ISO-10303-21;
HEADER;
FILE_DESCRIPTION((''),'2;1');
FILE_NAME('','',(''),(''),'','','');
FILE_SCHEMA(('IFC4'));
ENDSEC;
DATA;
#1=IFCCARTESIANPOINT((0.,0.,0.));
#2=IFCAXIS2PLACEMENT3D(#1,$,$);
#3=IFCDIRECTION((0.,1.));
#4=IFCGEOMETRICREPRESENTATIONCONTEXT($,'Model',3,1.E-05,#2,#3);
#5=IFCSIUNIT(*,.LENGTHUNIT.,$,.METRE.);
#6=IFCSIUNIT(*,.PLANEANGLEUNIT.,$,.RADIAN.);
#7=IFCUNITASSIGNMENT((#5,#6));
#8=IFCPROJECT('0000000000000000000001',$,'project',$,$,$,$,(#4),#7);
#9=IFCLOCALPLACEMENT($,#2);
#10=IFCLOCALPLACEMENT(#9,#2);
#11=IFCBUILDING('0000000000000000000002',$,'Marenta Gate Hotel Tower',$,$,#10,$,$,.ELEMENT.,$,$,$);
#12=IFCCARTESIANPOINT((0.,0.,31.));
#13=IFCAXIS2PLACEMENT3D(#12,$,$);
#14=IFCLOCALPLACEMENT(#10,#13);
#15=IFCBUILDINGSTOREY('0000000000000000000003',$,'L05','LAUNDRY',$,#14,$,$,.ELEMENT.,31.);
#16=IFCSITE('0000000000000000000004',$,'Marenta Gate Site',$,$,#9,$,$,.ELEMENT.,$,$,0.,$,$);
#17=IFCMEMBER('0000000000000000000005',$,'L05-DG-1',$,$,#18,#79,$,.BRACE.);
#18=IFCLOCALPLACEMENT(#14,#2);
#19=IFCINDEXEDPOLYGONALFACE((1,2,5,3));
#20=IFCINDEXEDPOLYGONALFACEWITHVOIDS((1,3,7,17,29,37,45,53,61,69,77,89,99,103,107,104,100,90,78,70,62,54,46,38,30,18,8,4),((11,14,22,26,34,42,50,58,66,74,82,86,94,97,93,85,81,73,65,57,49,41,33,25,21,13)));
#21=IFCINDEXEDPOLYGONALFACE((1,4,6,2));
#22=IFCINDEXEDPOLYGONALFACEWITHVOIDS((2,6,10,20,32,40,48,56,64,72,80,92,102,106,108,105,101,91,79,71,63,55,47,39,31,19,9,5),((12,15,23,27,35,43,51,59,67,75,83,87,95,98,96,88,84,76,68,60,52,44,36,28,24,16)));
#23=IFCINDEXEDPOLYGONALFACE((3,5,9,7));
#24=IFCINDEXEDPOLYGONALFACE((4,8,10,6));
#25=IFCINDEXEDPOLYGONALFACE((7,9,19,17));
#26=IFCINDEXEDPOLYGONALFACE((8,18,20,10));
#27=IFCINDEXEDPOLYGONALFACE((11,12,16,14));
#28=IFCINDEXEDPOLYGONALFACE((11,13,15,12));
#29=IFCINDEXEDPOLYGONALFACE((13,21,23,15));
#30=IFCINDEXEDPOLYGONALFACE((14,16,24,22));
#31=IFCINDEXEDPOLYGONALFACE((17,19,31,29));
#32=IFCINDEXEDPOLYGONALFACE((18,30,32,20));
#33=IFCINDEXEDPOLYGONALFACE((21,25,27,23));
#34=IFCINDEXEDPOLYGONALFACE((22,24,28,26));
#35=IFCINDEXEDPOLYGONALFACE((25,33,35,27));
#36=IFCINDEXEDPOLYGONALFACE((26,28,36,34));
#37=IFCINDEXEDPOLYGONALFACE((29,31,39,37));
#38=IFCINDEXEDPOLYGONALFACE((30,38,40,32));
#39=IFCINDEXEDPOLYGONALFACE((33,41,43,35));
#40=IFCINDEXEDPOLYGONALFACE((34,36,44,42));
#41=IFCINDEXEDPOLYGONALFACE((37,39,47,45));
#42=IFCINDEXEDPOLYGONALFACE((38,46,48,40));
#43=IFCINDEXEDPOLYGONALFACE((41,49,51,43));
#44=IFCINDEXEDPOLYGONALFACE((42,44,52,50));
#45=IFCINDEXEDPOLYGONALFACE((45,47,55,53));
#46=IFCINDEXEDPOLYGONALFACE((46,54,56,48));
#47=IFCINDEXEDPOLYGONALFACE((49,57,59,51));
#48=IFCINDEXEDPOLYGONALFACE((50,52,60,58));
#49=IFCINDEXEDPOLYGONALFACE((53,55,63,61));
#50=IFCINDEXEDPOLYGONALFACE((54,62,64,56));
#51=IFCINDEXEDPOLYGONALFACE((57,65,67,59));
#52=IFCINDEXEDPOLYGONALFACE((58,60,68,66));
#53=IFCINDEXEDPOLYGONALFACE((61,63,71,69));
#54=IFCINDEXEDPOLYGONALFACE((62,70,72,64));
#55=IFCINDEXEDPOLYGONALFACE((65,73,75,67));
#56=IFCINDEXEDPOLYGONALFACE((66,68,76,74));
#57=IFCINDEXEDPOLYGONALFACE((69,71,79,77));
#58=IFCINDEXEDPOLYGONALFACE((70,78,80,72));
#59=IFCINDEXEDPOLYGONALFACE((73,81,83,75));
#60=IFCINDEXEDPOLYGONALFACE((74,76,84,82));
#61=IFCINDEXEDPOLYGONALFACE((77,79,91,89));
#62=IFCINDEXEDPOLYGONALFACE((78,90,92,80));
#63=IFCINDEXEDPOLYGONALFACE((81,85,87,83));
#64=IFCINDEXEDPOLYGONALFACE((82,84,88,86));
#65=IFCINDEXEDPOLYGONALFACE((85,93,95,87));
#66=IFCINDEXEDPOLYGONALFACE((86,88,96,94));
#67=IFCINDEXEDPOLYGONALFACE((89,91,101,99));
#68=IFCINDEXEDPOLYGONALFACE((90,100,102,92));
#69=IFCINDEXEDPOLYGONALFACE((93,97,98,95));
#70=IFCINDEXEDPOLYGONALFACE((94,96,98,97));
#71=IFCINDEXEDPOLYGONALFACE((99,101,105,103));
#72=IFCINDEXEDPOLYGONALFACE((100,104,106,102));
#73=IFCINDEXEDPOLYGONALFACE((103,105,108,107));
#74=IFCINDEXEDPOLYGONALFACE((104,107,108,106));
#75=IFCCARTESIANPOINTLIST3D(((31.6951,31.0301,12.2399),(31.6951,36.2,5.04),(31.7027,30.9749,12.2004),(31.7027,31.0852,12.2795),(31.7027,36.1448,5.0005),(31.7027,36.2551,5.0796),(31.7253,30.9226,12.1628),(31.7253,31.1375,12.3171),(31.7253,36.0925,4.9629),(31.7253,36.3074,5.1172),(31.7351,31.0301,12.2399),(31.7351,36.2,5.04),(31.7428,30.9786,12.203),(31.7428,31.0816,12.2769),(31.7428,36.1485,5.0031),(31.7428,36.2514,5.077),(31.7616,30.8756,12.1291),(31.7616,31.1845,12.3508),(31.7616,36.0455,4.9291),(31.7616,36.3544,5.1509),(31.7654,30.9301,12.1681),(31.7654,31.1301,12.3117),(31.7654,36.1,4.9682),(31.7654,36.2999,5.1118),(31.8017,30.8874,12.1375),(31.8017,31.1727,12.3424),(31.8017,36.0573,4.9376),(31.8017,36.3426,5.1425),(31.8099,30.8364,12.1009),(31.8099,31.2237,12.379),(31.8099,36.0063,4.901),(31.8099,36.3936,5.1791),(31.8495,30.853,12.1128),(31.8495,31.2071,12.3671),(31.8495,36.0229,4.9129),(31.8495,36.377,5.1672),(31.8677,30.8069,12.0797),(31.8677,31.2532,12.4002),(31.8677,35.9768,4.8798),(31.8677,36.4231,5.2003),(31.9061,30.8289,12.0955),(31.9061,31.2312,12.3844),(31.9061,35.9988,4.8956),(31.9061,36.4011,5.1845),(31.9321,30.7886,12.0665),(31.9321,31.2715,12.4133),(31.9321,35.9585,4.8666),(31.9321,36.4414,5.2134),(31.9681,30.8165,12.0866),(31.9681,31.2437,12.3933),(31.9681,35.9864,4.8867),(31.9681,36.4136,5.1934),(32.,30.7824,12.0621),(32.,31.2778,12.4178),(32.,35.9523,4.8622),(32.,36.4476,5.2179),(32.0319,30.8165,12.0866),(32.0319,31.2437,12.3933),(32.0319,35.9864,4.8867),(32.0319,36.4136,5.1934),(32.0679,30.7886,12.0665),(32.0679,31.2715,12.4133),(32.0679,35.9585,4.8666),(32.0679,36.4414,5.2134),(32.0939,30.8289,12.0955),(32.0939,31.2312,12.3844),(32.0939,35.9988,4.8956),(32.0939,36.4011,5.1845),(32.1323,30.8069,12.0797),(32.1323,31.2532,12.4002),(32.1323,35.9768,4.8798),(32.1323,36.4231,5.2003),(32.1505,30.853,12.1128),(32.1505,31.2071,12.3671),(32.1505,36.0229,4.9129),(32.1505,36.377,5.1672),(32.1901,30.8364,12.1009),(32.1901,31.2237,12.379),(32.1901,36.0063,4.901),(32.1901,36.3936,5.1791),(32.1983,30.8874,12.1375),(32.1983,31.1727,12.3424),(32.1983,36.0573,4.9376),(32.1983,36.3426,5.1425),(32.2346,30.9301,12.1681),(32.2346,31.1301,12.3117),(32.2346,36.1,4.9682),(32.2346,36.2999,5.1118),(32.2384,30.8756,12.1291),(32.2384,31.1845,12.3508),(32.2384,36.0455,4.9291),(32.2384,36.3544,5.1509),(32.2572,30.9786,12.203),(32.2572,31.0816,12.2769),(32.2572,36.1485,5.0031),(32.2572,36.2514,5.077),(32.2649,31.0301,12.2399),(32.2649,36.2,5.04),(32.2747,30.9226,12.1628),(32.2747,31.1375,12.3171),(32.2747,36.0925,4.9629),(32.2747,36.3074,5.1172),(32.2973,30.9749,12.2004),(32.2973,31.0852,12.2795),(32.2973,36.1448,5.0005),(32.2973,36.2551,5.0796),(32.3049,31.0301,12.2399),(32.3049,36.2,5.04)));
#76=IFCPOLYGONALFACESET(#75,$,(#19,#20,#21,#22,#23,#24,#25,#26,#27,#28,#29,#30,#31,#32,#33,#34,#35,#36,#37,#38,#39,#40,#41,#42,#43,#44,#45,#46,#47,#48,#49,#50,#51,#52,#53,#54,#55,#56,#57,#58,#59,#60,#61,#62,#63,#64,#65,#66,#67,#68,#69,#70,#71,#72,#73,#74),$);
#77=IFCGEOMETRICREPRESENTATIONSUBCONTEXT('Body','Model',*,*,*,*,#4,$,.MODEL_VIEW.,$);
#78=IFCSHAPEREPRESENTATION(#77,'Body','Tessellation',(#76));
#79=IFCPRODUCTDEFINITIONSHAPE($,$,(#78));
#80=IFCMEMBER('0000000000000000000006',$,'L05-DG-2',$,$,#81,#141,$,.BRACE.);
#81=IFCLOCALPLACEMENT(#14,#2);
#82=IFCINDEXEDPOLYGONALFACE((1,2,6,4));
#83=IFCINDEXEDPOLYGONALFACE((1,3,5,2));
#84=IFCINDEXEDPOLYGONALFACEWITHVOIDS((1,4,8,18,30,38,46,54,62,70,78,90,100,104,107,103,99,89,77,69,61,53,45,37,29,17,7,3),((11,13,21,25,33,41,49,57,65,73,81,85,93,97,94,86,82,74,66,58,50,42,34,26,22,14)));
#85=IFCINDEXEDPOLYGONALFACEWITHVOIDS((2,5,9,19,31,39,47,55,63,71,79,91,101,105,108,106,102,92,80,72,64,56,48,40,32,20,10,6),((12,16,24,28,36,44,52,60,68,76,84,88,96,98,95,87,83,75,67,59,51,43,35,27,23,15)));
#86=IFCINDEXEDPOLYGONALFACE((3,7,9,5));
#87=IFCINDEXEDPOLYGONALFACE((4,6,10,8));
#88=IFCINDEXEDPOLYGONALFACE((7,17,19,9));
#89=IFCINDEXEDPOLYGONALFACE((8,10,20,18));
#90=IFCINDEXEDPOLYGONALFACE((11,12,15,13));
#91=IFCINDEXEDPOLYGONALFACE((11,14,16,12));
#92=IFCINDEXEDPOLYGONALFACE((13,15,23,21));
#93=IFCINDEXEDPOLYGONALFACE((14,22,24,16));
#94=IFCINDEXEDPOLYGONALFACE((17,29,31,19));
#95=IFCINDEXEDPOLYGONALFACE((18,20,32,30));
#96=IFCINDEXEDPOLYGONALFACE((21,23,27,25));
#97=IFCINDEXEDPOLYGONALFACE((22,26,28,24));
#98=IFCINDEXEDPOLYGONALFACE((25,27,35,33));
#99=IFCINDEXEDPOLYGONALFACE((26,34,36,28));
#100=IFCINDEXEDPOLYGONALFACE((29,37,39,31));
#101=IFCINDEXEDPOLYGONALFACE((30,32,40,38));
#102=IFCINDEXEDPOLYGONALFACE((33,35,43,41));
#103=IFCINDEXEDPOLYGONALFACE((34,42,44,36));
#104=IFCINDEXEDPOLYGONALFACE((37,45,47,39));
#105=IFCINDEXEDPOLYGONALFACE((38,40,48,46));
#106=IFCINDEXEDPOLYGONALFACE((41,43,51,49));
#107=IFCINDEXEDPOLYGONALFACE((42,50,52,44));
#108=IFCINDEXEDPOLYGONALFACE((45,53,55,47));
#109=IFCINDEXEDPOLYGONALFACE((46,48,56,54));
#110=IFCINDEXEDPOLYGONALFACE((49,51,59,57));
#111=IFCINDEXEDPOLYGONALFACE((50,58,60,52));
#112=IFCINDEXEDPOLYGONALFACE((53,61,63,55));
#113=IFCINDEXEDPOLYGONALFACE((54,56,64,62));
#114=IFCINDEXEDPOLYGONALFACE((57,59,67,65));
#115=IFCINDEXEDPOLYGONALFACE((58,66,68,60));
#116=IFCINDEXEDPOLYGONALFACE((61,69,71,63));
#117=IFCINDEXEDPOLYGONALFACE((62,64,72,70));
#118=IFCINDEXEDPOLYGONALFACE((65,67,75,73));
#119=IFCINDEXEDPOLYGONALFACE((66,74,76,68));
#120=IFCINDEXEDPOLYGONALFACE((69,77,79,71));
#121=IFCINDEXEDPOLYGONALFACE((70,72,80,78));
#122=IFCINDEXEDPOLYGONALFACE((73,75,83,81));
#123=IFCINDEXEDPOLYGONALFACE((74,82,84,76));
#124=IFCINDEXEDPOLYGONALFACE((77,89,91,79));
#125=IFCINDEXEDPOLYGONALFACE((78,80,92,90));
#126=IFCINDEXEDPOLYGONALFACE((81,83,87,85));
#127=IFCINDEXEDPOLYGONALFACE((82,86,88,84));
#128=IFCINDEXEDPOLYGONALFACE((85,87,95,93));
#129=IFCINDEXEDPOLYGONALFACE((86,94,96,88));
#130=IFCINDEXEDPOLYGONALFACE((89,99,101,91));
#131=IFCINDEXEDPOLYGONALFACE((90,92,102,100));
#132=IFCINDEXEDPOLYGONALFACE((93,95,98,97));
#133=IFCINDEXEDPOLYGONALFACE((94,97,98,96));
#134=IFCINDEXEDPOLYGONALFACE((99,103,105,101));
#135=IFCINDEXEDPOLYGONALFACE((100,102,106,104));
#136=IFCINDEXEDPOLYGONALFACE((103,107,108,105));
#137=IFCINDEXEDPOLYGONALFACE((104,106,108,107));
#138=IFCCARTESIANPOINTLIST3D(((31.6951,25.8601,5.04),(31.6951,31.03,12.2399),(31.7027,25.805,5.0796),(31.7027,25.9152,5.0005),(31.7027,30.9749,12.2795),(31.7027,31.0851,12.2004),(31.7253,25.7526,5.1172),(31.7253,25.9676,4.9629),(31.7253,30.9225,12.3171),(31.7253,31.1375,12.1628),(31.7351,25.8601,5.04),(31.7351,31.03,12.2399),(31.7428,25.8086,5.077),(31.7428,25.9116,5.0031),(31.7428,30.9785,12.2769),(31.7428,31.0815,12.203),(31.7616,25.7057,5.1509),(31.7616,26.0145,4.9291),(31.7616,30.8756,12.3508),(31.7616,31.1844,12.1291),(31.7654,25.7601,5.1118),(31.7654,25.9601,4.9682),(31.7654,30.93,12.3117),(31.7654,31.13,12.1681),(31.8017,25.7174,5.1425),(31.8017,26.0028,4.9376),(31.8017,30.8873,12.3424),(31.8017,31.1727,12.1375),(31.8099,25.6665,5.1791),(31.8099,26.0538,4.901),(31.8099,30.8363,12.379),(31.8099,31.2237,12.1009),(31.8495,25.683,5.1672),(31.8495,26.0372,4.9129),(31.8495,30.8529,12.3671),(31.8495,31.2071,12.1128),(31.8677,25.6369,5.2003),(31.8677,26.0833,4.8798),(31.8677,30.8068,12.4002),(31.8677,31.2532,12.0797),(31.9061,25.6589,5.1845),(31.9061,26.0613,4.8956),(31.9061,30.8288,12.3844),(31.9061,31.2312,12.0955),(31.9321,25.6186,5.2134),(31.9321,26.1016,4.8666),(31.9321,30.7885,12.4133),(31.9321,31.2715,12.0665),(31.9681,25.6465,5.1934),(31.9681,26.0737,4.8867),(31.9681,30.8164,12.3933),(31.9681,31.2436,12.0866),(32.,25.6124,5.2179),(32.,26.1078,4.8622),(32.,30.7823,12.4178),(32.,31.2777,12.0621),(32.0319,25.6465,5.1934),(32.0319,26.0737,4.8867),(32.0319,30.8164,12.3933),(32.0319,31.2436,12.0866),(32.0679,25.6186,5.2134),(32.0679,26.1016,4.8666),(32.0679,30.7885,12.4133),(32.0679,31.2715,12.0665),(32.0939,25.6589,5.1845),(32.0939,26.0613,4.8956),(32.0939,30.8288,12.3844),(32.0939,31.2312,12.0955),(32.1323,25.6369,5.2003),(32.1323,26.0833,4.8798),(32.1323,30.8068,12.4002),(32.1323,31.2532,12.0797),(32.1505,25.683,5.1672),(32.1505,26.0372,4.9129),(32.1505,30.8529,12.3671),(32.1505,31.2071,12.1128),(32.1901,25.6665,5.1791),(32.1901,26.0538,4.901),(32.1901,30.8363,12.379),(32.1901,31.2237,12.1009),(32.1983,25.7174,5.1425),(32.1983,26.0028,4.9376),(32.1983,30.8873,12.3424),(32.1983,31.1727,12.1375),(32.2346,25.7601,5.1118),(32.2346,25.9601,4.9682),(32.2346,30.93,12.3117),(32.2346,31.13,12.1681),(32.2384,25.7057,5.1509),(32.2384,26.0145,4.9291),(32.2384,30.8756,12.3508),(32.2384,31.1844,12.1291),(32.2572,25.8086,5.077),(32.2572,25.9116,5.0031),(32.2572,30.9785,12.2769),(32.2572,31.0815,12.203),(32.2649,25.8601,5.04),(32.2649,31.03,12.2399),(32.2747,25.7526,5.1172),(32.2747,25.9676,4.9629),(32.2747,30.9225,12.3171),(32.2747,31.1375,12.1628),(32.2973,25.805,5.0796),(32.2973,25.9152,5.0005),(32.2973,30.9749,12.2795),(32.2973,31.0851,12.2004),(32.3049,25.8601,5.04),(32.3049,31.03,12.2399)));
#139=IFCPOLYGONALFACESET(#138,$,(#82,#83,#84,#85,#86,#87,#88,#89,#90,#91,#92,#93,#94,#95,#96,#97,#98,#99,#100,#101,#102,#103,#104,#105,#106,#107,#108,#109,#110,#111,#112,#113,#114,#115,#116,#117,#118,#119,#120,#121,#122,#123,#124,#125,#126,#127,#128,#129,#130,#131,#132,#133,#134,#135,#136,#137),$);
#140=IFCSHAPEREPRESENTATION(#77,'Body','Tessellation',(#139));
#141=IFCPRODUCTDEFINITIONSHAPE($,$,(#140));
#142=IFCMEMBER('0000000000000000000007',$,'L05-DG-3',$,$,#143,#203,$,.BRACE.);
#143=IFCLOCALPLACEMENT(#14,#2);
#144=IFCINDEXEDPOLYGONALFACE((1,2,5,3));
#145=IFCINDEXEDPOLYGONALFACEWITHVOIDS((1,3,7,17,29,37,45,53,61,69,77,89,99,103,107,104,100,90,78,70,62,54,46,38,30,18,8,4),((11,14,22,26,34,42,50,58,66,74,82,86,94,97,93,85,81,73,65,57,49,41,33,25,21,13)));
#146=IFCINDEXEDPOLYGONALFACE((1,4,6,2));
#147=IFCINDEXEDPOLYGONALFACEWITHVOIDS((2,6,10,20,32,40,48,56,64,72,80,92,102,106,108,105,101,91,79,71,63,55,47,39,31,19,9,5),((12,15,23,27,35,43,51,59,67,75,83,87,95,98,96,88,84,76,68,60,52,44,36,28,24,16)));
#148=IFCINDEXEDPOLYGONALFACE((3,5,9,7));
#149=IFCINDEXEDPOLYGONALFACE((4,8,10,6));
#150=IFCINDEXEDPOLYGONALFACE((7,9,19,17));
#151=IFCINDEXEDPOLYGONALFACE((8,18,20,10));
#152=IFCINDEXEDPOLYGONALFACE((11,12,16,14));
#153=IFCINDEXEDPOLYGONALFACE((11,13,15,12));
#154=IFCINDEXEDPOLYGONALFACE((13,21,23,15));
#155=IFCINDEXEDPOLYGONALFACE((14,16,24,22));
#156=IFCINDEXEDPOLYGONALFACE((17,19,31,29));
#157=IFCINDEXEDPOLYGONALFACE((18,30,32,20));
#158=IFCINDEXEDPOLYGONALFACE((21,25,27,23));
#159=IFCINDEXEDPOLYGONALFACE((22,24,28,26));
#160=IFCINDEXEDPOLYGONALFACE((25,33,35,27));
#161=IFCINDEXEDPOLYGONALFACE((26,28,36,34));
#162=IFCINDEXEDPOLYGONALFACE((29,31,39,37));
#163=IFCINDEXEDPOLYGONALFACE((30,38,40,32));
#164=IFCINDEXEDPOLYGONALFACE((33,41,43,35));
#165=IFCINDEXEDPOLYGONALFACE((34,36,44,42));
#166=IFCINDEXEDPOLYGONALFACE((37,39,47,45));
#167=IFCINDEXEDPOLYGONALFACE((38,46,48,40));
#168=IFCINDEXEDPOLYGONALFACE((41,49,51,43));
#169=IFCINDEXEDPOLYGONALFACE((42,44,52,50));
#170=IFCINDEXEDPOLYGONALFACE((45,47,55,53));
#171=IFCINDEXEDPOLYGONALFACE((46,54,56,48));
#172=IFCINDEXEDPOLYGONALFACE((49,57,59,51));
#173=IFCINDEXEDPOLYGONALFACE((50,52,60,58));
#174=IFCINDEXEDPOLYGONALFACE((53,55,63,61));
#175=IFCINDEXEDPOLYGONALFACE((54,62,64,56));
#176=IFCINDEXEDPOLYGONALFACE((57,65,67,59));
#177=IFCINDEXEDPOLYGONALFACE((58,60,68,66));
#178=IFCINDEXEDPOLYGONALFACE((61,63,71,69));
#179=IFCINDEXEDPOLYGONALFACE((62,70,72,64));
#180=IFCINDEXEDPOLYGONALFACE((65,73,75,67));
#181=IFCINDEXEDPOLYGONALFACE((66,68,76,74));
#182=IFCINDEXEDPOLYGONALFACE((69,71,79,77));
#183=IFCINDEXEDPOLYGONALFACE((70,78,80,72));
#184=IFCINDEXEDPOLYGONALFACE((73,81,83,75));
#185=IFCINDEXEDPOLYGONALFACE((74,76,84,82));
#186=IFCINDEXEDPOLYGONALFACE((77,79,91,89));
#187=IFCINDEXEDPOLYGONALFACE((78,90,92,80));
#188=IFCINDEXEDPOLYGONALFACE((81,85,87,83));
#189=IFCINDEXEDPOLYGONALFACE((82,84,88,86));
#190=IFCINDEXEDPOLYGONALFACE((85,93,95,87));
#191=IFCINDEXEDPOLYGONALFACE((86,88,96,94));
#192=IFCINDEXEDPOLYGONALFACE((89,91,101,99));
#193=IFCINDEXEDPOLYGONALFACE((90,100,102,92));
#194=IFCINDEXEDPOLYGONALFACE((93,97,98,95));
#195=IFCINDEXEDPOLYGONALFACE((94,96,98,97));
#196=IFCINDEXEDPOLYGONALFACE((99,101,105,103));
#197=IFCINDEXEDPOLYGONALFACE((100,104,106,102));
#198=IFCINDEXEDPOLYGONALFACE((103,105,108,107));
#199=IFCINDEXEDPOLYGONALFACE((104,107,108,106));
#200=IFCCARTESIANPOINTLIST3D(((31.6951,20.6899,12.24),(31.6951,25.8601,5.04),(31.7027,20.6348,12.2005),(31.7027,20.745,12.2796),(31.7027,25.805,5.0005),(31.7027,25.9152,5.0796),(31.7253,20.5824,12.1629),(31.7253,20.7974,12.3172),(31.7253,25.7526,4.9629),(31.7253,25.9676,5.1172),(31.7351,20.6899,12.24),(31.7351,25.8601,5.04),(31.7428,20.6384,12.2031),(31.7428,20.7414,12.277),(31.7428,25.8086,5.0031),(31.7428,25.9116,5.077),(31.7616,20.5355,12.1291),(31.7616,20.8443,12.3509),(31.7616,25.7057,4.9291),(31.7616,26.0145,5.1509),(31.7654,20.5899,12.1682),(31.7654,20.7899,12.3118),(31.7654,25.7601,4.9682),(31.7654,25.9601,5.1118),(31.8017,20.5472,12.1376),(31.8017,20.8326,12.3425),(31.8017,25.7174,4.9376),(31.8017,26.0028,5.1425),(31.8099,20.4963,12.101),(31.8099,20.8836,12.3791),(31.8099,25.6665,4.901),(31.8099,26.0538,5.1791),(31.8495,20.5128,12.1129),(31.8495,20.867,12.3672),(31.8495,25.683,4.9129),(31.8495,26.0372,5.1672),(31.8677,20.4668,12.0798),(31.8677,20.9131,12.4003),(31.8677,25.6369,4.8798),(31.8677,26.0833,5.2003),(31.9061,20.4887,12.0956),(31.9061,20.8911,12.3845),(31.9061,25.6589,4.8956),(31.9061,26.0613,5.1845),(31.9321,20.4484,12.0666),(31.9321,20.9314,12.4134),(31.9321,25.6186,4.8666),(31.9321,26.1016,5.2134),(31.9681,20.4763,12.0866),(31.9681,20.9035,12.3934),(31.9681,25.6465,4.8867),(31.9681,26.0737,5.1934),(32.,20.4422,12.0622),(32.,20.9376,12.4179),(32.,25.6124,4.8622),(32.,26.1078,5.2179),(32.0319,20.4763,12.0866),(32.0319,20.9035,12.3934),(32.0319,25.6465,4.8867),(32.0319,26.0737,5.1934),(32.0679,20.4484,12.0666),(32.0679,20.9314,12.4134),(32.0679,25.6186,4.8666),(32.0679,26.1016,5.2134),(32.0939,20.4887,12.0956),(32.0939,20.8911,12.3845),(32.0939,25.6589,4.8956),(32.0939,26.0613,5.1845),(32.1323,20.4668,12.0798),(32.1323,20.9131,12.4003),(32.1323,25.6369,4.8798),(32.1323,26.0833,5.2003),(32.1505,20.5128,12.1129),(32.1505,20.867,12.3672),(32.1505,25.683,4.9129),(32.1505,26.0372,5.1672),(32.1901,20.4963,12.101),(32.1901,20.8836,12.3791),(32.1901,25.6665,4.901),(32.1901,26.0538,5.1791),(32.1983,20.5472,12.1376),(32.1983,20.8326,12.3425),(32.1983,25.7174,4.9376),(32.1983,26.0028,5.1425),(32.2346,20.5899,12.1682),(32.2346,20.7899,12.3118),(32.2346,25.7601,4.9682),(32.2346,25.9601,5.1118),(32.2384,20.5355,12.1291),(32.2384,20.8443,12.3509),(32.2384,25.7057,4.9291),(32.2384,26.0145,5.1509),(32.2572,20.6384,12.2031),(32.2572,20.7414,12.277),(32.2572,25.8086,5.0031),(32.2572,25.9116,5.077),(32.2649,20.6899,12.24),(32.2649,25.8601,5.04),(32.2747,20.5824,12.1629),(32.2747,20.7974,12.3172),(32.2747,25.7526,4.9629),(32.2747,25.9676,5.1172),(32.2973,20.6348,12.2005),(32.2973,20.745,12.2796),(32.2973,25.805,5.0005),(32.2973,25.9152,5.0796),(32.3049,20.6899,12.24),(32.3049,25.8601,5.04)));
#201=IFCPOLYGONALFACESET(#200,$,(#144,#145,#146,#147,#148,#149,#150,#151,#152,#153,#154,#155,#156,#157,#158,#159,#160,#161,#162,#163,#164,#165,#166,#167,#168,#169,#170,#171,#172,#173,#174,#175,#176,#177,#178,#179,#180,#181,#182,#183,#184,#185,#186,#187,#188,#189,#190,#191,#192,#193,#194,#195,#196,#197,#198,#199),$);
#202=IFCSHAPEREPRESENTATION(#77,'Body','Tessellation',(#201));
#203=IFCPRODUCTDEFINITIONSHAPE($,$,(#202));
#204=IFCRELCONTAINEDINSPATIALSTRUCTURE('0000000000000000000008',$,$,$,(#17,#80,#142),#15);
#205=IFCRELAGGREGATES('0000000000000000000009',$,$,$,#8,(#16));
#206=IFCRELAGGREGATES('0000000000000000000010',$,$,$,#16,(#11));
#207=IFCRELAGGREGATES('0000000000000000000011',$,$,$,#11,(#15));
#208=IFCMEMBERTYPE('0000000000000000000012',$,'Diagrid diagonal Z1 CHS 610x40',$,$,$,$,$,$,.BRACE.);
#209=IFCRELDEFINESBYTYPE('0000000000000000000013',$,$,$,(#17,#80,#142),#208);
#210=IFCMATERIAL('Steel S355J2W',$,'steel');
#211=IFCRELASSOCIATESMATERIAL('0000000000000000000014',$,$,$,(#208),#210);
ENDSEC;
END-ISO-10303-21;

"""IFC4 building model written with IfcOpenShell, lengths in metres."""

from ifc_helpers import new_model, si_unit, direction, frame, origin, origin_2d, place, context, subcontext, project, spatial, hollow_circle, extrude, material, material_profile, profile_set, type_object, element, save


model = new_model("IFC4")

# Units and contexts
model_context = context("Model", 3, precision=1e-05, world=origin(), true_north=direction((0.0, 1.0)))
body_context = subcontext(model_context, "Body", "Model", "MODEL_VIEW")
ifc_project = project(units=[si_unit("LENGTHUNIT", "METRE"), si_unit("PLANEANGLEUNIT", "RADIAN")], contexts=[model_context])

# Site, building, storey
site_placement = place(None, origin())
site = spatial("IfcSite", under=ifc_project, at=site_placement, Name="Marenta Gate Site", CompositionType="ELEMENT", RefElevation=0.0)
building_placement = place(site_placement, origin())
building = spatial("IfcBuilding", under=site, at=building_placement, Name="Marenta Gate Hotel Tower", CompositionType="ELEMENT")
storey_placement = place(building_placement, frame((0.0, 0.0, 31.0)))
storey = spatial("IfcBuildingStorey", under=building, at=storey_placement, Name="L05", Description="LAUNDRY", CompositionType="ELEMENT", Elevation=31.0)

# Members
ifc_material_1 = material(Name="Steel S355J2W", Category="steel")
ifc_material_profile_1 = material_profile(ifc_material_1, hollow_circle(Radius=0.3049, WallThickness=0.04, at=origin_2d()), Name="CHS 610x40")
ifc_profile_set_1 = profile_set([ifc_material_profile_1], Name="Steel S355J2W")
member_type_1 = type_object("IfcMemberType", Name="Diagrid diagonal Z1 CHS 610x40", PredefinedType="BRACE", material=ifc_profile_set_1)
for number, where, z_axis, x_axis, name in (
    (1, (32.0, 36.2, 5.04), (0.0, -0.583261, 0.812285), (1.0, 0.0, 0.0), "L05-DG-1"),
    (2, (32.0, 25.8601, 5.04), (0.0, 0.583261, 0.812285), (-1.0, 0.0, 0.0), "L05-DG-2"),
):
    element("IfcMember", number, at=place(storey_placement, frame(where, z_axis=z_axis, x_axis=x_axis)), inside=storey, type_object=member_type_1, Name=name, PredefinedType="BRACE", context=body_context, shape_type="SweptSolid", body=[
        extrude(hollow_circle(Radius=0.3049, WallThickness=0.04, at=origin_2d()), origin(), (0.0, 0.0, 1.0), 8.8638),
    ])
member_1_placement = place(storey_placement, frame((32.0, 25.8601, 5.04), z_axis=(0.0, -0.583279, 0.812272), x_axis=(1.0, 0.0, 0.0)))
element("IfcMember", 3, at=member_1_placement, inside=storey, type_object=member_type_1, Name="L05-DG-3", PredefinedType="BRACE", context=body_context, shape_type="SweptSolid", body=[
    extrude(hollow_circle(Radius=0.3049, WallThickness=0.04, at=origin_2d()), origin(), (0.0, 0.0, 1.0), 8.864),
])

save(model, "model.ifc")
